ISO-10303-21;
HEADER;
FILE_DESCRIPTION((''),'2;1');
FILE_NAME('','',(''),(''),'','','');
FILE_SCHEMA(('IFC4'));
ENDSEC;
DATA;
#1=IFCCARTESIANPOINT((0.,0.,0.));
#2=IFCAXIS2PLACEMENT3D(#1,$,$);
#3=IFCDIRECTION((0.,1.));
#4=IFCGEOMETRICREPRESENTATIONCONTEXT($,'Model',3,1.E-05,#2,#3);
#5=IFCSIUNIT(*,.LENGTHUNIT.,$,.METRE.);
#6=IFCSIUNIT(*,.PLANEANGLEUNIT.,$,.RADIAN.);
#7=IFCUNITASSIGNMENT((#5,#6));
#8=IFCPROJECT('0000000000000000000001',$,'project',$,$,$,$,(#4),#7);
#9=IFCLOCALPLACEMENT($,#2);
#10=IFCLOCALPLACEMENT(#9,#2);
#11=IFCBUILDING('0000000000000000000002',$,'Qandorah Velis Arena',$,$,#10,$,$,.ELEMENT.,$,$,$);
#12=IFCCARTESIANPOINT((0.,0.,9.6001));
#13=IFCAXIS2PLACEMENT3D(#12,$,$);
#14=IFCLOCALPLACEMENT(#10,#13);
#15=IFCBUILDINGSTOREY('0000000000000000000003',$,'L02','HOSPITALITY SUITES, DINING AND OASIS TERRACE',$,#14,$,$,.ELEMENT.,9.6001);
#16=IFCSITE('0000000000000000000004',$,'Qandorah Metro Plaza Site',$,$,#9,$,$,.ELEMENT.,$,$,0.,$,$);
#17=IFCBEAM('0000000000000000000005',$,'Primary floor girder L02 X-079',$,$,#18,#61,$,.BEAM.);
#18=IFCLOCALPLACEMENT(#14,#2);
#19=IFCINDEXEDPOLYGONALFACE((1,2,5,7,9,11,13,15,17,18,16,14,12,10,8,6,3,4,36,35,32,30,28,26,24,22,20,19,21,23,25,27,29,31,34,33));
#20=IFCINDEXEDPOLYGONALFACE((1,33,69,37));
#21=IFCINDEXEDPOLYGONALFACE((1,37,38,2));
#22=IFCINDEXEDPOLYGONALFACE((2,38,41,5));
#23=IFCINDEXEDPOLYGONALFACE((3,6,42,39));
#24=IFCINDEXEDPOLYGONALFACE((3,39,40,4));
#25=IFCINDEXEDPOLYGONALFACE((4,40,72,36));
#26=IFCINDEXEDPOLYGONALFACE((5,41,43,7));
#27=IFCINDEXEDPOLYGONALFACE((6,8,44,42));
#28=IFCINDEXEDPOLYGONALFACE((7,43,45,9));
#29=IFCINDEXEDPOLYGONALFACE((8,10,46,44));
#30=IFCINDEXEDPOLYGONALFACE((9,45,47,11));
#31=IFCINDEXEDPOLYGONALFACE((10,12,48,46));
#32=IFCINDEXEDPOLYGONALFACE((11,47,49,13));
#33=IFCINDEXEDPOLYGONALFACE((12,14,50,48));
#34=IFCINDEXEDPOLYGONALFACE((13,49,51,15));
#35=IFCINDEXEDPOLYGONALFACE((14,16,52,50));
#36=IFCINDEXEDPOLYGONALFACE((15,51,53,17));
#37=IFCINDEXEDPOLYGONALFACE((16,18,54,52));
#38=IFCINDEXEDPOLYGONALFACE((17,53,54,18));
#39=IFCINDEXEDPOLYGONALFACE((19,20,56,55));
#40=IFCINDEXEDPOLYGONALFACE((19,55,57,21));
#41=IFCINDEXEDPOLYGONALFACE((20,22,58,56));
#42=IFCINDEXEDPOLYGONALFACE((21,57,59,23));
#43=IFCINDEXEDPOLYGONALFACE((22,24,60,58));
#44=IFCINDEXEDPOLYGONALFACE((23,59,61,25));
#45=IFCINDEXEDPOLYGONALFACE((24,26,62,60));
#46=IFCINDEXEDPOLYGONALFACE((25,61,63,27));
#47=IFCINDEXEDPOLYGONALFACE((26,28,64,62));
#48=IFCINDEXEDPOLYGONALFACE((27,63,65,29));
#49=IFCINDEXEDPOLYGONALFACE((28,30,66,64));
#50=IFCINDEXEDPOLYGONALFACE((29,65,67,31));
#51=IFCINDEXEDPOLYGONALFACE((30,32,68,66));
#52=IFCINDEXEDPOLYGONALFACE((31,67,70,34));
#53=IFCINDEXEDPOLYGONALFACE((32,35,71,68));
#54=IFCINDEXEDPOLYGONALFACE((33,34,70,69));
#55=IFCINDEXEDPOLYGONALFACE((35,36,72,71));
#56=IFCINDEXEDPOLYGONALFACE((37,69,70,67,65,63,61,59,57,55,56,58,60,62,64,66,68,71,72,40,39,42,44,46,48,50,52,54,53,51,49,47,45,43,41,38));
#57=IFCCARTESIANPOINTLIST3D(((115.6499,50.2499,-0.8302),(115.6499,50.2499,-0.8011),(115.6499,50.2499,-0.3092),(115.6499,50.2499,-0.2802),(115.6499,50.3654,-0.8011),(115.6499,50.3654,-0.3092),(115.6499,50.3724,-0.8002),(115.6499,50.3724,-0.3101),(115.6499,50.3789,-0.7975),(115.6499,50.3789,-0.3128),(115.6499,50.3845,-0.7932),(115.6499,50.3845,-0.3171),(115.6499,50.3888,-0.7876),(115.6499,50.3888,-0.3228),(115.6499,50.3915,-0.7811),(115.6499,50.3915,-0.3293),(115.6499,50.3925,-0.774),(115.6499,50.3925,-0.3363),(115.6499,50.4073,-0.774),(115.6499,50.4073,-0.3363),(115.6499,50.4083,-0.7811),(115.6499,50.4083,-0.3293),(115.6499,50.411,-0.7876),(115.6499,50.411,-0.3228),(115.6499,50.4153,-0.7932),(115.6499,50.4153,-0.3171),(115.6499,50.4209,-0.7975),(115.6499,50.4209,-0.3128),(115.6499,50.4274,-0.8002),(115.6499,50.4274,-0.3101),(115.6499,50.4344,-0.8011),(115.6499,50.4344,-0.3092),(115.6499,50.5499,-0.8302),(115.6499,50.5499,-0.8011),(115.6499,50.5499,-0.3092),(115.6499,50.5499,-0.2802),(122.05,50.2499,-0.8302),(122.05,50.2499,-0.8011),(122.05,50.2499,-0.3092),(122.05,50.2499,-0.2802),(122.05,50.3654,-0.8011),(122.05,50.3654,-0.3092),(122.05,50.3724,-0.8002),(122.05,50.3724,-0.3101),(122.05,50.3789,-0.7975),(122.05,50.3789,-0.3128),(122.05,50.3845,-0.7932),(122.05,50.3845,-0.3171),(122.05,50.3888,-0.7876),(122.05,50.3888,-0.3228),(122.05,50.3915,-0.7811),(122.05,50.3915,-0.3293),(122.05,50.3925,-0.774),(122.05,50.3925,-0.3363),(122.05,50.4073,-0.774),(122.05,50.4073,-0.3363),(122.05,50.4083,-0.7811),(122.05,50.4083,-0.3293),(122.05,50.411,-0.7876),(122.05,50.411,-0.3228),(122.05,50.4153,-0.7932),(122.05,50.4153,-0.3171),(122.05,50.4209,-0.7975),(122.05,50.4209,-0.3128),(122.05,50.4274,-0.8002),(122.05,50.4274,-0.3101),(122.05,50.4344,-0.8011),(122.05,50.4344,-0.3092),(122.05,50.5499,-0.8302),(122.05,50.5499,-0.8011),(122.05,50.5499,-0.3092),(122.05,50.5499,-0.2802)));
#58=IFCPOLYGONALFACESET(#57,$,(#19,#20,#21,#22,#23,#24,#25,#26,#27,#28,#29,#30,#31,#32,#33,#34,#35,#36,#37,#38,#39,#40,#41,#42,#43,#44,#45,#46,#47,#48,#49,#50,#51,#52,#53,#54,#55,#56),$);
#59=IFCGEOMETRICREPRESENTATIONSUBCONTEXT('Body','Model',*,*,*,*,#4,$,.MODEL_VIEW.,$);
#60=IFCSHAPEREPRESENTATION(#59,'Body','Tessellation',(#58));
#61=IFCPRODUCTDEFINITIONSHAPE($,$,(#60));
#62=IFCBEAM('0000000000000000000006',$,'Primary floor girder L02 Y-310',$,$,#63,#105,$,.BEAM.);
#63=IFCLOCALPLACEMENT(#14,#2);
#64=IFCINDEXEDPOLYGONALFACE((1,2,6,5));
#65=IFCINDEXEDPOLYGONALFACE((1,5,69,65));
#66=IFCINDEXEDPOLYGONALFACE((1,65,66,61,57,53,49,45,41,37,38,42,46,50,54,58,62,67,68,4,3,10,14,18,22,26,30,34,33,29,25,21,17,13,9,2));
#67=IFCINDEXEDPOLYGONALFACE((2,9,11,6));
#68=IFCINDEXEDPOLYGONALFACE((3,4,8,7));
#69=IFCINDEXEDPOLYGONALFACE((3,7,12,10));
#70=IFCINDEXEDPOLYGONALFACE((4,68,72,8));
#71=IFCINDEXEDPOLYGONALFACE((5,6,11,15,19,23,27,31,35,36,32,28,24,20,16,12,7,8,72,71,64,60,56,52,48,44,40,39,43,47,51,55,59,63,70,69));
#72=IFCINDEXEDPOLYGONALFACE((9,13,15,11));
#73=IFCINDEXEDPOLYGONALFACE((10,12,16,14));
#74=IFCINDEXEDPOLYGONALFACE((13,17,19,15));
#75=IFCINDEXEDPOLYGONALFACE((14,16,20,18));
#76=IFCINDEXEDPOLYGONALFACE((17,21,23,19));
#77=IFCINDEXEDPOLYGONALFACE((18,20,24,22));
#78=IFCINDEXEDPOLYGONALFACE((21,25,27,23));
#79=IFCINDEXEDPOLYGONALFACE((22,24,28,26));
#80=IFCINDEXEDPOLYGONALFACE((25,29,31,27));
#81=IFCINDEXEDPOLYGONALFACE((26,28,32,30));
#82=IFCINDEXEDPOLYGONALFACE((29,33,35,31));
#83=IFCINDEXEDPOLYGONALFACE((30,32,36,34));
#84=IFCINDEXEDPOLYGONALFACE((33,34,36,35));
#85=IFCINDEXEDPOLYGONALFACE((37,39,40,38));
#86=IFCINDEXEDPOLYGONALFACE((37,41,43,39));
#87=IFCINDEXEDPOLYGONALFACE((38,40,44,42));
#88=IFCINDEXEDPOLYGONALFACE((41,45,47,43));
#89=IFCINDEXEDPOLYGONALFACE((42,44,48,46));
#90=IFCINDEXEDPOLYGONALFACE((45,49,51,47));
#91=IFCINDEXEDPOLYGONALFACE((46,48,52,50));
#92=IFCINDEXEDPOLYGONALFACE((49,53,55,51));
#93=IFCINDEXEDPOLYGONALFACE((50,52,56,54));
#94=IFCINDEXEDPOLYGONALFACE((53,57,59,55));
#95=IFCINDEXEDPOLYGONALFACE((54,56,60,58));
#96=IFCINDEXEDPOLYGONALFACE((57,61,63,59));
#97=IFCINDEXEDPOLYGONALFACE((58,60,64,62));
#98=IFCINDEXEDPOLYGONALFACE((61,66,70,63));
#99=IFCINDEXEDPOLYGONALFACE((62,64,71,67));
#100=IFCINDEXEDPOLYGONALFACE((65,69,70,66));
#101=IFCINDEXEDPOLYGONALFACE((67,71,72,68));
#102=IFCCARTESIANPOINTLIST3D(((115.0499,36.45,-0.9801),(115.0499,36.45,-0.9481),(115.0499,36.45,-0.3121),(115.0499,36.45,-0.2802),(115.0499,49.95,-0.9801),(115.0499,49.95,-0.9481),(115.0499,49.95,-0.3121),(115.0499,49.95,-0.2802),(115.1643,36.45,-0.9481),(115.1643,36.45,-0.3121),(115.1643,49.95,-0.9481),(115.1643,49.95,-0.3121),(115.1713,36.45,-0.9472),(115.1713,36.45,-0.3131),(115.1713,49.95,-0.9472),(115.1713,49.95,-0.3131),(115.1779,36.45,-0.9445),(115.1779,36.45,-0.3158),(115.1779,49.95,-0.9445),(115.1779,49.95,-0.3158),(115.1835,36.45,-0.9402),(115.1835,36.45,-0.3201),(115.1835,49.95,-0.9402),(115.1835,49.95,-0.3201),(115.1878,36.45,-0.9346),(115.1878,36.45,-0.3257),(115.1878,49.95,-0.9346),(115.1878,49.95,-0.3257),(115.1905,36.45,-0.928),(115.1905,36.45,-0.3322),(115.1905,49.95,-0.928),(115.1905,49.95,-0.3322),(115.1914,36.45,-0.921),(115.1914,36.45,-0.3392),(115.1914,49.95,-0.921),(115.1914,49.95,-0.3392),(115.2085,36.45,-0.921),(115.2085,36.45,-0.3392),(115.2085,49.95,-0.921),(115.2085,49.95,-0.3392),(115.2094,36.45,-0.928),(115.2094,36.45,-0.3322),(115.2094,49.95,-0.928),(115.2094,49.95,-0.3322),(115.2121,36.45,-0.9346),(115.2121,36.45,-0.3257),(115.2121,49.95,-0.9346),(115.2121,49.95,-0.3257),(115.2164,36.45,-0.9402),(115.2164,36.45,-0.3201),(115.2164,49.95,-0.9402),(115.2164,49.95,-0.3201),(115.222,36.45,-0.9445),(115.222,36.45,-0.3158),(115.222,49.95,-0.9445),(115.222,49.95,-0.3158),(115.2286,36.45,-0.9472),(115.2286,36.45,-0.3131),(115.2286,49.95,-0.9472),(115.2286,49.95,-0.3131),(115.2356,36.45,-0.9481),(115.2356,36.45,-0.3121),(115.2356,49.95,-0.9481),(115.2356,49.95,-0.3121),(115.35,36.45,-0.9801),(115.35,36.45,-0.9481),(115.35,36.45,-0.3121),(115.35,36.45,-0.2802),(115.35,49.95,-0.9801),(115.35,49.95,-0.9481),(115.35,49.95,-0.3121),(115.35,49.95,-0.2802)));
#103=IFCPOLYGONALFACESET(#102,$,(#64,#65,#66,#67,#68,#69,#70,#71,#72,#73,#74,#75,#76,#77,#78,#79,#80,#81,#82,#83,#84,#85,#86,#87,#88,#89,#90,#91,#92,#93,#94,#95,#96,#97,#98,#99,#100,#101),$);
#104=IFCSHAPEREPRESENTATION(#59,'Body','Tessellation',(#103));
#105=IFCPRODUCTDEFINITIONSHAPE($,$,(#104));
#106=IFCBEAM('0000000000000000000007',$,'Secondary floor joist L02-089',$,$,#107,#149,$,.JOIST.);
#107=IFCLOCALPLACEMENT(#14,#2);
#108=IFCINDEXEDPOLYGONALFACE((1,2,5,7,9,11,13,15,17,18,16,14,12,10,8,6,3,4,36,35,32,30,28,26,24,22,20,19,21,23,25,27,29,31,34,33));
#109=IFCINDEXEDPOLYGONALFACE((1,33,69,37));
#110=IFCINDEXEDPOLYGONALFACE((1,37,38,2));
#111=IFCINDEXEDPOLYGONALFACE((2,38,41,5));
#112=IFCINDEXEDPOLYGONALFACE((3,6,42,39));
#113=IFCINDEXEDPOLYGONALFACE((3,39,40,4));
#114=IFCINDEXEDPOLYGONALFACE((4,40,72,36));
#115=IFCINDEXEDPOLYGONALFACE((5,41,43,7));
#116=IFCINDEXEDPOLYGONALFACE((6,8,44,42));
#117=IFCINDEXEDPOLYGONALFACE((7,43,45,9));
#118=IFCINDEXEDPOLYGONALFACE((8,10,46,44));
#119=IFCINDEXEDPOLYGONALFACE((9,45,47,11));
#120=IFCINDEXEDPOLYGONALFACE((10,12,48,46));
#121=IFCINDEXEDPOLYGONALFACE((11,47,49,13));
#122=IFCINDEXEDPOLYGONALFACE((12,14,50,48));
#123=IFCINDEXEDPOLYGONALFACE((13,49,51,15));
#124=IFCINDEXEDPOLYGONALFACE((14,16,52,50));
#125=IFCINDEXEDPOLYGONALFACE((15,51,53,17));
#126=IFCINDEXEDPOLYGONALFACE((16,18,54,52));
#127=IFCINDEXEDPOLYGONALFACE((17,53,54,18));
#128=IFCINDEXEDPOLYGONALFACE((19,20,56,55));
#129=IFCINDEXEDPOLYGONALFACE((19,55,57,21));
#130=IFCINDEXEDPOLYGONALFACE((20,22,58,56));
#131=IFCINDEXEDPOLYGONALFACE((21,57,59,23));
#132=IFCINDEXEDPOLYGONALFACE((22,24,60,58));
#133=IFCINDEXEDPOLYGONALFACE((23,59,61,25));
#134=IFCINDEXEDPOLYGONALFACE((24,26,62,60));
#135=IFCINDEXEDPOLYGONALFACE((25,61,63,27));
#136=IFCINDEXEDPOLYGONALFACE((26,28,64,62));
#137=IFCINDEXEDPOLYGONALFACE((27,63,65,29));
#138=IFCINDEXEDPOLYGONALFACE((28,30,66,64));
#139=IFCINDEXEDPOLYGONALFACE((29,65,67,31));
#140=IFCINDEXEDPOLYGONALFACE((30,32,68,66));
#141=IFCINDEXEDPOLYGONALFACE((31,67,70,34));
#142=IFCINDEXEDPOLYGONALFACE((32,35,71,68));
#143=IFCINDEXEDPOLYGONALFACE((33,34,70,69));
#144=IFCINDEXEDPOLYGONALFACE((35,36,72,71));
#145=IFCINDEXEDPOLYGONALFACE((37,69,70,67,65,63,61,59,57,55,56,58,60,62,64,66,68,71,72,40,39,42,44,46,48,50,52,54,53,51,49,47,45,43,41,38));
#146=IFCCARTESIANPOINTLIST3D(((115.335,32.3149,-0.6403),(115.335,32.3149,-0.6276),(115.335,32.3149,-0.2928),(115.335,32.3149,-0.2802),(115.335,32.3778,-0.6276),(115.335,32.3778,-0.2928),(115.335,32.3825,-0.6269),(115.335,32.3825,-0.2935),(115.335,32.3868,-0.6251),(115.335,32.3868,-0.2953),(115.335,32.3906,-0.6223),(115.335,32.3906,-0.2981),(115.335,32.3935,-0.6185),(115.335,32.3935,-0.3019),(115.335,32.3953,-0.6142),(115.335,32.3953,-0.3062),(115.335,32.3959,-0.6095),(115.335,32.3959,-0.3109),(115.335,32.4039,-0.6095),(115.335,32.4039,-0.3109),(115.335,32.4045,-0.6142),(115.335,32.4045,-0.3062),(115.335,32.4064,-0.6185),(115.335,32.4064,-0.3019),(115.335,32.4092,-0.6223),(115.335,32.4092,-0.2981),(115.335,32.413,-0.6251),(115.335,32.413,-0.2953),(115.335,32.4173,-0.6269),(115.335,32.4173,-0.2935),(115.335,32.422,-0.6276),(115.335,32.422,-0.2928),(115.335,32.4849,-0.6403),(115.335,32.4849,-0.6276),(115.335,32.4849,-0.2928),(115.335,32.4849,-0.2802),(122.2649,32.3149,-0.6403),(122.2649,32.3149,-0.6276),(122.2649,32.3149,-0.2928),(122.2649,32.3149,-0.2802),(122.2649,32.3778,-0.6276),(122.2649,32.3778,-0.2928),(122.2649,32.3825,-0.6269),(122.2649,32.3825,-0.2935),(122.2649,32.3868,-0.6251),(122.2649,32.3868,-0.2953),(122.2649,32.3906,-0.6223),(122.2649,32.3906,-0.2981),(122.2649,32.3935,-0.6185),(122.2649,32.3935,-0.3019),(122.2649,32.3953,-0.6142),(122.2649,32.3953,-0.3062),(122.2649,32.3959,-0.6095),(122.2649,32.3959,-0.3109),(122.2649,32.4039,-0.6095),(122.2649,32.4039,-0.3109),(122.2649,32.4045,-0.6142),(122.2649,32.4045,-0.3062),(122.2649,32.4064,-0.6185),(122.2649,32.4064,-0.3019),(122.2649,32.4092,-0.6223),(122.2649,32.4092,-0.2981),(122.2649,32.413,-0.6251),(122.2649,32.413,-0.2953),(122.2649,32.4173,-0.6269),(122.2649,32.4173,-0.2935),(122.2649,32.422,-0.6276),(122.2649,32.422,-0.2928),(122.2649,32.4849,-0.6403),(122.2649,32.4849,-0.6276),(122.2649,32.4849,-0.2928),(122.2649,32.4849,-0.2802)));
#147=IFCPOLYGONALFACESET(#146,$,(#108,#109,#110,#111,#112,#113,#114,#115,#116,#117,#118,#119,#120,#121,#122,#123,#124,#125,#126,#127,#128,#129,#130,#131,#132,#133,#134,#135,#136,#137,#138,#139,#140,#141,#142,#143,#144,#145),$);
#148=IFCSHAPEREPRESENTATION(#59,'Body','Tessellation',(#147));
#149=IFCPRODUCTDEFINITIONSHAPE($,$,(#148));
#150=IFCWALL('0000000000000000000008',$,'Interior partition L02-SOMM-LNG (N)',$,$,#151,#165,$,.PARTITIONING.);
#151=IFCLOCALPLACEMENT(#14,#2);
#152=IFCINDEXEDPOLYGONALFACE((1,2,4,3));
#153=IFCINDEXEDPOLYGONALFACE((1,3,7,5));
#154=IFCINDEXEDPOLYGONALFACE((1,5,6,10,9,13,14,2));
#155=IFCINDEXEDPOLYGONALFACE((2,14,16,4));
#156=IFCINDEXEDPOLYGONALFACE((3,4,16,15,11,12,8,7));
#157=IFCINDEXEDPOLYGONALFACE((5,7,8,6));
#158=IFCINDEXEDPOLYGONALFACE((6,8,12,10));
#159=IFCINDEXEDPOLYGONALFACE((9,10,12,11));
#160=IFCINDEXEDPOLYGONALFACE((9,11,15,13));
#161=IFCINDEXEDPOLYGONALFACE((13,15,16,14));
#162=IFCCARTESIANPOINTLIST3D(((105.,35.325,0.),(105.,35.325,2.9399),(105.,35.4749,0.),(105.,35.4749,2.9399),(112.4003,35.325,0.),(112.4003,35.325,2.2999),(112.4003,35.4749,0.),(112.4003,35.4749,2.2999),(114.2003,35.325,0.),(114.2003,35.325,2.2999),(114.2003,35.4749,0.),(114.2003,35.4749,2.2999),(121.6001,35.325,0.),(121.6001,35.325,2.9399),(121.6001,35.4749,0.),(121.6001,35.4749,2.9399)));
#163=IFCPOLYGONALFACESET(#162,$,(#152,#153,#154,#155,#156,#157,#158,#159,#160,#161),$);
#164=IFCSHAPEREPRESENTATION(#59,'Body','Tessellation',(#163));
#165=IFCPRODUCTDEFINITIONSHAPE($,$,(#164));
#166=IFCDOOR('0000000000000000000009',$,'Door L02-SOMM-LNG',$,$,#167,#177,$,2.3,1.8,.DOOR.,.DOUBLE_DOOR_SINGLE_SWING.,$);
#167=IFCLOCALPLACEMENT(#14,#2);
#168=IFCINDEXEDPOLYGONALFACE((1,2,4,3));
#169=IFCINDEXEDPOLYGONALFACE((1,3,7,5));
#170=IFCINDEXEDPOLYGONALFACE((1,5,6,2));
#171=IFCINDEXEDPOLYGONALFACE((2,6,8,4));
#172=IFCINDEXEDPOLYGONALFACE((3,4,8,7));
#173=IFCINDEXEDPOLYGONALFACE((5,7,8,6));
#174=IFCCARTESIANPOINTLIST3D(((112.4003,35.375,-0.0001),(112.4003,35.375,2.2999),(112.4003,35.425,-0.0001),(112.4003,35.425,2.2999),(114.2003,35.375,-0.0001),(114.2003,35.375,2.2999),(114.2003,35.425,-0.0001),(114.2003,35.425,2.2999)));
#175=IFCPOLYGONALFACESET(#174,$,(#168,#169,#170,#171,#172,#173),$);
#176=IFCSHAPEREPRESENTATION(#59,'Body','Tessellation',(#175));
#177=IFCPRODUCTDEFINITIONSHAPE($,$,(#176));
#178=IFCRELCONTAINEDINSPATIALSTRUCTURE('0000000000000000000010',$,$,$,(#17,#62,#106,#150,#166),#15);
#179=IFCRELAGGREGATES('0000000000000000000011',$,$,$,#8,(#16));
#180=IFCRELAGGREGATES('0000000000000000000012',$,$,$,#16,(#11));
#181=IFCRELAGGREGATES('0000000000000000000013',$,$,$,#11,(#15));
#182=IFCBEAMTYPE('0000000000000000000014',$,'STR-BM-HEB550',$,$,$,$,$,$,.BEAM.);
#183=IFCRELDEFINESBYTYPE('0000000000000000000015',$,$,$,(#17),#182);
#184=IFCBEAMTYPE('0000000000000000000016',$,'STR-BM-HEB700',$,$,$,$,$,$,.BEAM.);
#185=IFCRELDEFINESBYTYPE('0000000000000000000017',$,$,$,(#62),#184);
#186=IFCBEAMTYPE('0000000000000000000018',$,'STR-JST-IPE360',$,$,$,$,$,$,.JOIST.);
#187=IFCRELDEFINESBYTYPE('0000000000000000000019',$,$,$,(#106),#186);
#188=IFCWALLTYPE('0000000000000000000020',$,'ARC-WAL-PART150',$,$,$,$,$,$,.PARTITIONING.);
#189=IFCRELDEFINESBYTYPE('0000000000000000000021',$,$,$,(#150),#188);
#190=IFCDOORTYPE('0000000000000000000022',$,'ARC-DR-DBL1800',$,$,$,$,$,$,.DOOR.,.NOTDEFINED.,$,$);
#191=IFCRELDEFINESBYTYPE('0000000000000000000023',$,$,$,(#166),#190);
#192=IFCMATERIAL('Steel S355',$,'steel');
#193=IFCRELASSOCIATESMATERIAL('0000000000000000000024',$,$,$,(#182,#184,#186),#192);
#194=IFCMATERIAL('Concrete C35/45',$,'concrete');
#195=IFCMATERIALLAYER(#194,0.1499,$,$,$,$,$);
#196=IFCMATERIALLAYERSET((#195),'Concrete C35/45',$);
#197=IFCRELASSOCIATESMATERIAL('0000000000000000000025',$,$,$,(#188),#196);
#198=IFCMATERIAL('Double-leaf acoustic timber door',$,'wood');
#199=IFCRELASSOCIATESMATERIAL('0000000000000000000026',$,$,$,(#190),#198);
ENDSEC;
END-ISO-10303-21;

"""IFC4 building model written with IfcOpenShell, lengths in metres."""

from ifc_helpers import new_model, si_unit, direction, frame, frame_2d, origin, origin_2d, place, context, subcontext, project, spatial, rectangle, i_section, extrude, material, layer, layer_set, material_profile, profile_set, type_object, element, fill, save


model = new_model("IFC4")

# Units and contexts
model_context = context("Model", 3, precision=1e-05, world=origin(), true_north=direction((0.0, 1.0)))
body_context = subcontext(model_context, "Body", "Model", "MODEL_VIEW")
ifc_project = project(units=[si_unit("LENGTHUNIT", "METRE"), si_unit("PLANEANGLEUNIT", "RADIAN")], contexts=[model_context])

# Site, building, storey
site_placement = place(None, origin())
site = spatial("IfcSite", under=ifc_project, at=site_placement, Name="Qandorah Metro Plaza Site", CompositionType="ELEMENT", RefElevation=0.0)
building_placement = place(site_placement, origin())
building = spatial("IfcBuilding", under=site, at=building_placement, Name="Qandorah Velis Arena", CompositionType="ELEMENT")
storey_placement = place(building_placement, frame((0.0, 0.0, 9.6001)))
storey = spatial("IfcBuildingStorey", under=building, at=storey_placement, Name="L02", Description="HOSPITALITY SUITES, DINING AND OASIS TERRACE", CompositionType="ELEMENT", Elevation=9.6001)

# Beams
ifc_material_1 = material(Name="Steel S355", Category="steel")
ifc_material_profile_1 = material_profile(ifc_material_1, i_section(OverallWidth=0.3, OverallDepth=0.55, WebThickness=0.0149, FlangeThickness=0.0291, FilletRadius=0.0271, at=origin_2d()), Name="HEB 550")
ifc_profile_set_1 = profile_set([ifc_material_profile_1], Name="Steel S355")
beam_type_1 = type_object("IfcBeamType", Name="STR-BM-HEB550", PredefinedType="BEAM", material=ifc_profile_set_1)
beam_1_placement = place(storey_placement, frame((115.6499, 50.3999, -0.5552), z_axis=(1.0, 0.0, 0.0), x_axis=(0.0, 1.0, 0.0)))
element("IfcBeam", 1, at=beam_1_placement, inside=storey, type_object=beam_type_1, Name="Primary floor girder L02 X-079", PredefinedType="BEAM", context=body_context, shape_type="SweptSolid", body=[
    extrude(i_section(OverallWidth=0.3, OverallDepth=0.55, WebThickness=0.0149, FlangeThickness=0.0291, FilletRadius=0.0271, at=origin_2d()), origin(), (0.0, 0.0, 1.0), 6.4001),
])
ifc_material_profile_2 = material_profile(ifc_material_1, i_section(OverallWidth=0.3, OverallDepth=0.7, WebThickness=0.0171, FlangeThickness=0.032, FilletRadius=0.0271, at=origin_2d()), Name="HEB 700")
ifc_profile_set_2 = profile_set([ifc_material_profile_2], Name="Steel S355")
beam_type_2 = type_object("IfcBeamType", Name="STR-BM-HEB700", PredefinedType="BEAM", material=ifc_profile_set_2)
beam_2_placement = place(storey_placement, frame((115.2, 36.45, -0.6301), z_axis=(0.0, 1.0, 0.0), x_axis=(-1.0, 0.0, 0.0)))
element("IfcBeam", 2, at=beam_2_placement, inside=storey, type_object=beam_type_2, Name="Primary floor girder L02 Y-310", PredefinedType="BEAM", context=body_context, shape_type="SweptSolid", body=[
    extrude(i_section(OverallWidth=0.3, OverallDepth=0.7, WebThickness=0.0171, FlangeThickness=0.032, FilletRadius=0.0271, at=origin_2d()), origin(), (0.0, 0.0, 1.0), 13.5),
])
ifc_material_profile_3 = material_profile(ifc_material_1, i_section(OverallWidth=0.1699, OverallDepth=0.3601, WebThickness=0.0081, FlangeThickness=0.0127, FilletRadius=0.0181, at=origin_2d()), Name="IPE 360")
ifc_profile_set_3 = profile_set([ifc_material_profile_3], Name="Steel S355")
beam_type_3 = type_object("IfcBeamType", Name="STR-JST-IPE360", PredefinedType="JOIST", material=ifc_profile_set_3)
beam_3_placement = place(storey_placement, frame((115.335, 32.3999, -0.4602), z_axis=(1.0, 0.0, 0.0), x_axis=(0.0, 1.0, 0.0)))
element("IfcBeam", 3, at=beam_3_placement, inside=storey, type_object=beam_type_3, Name="Secondary floor joist L02-089", PredefinedType="JOIST", context=body_context, shape_type="SweptSolid", body=[
    extrude(i_section(OverallWidth=0.1699, OverallDepth=0.3601, WebThickness=0.0081, FlangeThickness=0.0127, FilletRadius=0.0181, at=origin_2d()), origin(), (0.0, 0.0, 1.0), 6.9299),
])

# Wall, opening, door
ifc_material_2 = material(Name="Concrete C35/45", Category="concrete")
ifc_layer_1 = layer(ifc_material_2, 0.1499)
ifc_layer_set_1 = layer_set([ifc_layer_1], Name="Concrete C35/45")
wall_type_1 = type_object("IfcWallType", Name="ARC-WAL-PART150", PredefinedType="PARTITIONING", material=ifc_layer_set_1)
wall_1_placement = place(storey_placement, frame((121.6001, 35.3999, 0.0), z_axis=(0.0, 0.0, 1.0), x_axis=(-1.0, 0.0, 0.0)))
wall_1 = element("IfcWall", 4, at=wall_1_placement, inside=storey, type_object=wall_type_1, Name="Interior partition L02-SOMM-LNG (N)", PredefinedType="PARTITIONING", context=body_context, shape_type="SweptSolid", body=[
    extrude(rectangle(XDim=16.6001, YDim=0.1499, at=frame_2d((8.3, 0.0))), origin(), (0.0, 0.0, 1.0), 2.9399),
])
opening_1_placement = place(wall_1_placement, frame((7.3999, 0.0, 0.0)))
opening_1 = element("IfcOpeningElement", 5, at=opening_1_placement, cuts=wall_1, PredefinedType="OPENING", context=body_context, shape_type="SweptSolid", body=[
    extrude(rectangle(XDim=1.8, YDim=2.3, at=frame_2d((0.8999, 1.1499))), frame((0.0, 0.085, 0.0), z_axis=(0.0, -1.0, 0.0), x_axis=(1.0, 0.0, 0.0)), (0.0, 0.0, 1.0), 0.1699),
])
ifc_material_3 = material(Name="Double-leaf acoustic timber door", Category="wood")
door_type_1 = type_object("IfcDoorType", Name="ARC-DR-DBL1800", OperationType="NOTDEFINED", PredefinedType="DOOR", material=ifc_material_3)
door_1_placement = place(opening_1_placement, origin())
door_1 = element("IfcDoor", 6, at=door_1_placement, inside=storey, type_object=door_type_1, Name="Door L02-SOMM-LNG", OperationType="DOUBLE_DOOR_SINGLE_SWING", OverallHeight=2.3, OverallWidth=1.8, PredefinedType="DOOR", context=body_context, shape_type="SweptSolid", body=[
    extrude(rectangle(XDim=1.8, YDim=2.3, at=frame_2d((0.8999, 1.1499))), frame((0.0, 0.0249, 0.0), z_axis=(0.0, -1.0, 0.0), x_axis=(1.0, 0.0, 0.0)), (0.0, 0.0, 1.0), 0.05),
])
fill(opening_1, door_1)

save(model, "model.ifc")
